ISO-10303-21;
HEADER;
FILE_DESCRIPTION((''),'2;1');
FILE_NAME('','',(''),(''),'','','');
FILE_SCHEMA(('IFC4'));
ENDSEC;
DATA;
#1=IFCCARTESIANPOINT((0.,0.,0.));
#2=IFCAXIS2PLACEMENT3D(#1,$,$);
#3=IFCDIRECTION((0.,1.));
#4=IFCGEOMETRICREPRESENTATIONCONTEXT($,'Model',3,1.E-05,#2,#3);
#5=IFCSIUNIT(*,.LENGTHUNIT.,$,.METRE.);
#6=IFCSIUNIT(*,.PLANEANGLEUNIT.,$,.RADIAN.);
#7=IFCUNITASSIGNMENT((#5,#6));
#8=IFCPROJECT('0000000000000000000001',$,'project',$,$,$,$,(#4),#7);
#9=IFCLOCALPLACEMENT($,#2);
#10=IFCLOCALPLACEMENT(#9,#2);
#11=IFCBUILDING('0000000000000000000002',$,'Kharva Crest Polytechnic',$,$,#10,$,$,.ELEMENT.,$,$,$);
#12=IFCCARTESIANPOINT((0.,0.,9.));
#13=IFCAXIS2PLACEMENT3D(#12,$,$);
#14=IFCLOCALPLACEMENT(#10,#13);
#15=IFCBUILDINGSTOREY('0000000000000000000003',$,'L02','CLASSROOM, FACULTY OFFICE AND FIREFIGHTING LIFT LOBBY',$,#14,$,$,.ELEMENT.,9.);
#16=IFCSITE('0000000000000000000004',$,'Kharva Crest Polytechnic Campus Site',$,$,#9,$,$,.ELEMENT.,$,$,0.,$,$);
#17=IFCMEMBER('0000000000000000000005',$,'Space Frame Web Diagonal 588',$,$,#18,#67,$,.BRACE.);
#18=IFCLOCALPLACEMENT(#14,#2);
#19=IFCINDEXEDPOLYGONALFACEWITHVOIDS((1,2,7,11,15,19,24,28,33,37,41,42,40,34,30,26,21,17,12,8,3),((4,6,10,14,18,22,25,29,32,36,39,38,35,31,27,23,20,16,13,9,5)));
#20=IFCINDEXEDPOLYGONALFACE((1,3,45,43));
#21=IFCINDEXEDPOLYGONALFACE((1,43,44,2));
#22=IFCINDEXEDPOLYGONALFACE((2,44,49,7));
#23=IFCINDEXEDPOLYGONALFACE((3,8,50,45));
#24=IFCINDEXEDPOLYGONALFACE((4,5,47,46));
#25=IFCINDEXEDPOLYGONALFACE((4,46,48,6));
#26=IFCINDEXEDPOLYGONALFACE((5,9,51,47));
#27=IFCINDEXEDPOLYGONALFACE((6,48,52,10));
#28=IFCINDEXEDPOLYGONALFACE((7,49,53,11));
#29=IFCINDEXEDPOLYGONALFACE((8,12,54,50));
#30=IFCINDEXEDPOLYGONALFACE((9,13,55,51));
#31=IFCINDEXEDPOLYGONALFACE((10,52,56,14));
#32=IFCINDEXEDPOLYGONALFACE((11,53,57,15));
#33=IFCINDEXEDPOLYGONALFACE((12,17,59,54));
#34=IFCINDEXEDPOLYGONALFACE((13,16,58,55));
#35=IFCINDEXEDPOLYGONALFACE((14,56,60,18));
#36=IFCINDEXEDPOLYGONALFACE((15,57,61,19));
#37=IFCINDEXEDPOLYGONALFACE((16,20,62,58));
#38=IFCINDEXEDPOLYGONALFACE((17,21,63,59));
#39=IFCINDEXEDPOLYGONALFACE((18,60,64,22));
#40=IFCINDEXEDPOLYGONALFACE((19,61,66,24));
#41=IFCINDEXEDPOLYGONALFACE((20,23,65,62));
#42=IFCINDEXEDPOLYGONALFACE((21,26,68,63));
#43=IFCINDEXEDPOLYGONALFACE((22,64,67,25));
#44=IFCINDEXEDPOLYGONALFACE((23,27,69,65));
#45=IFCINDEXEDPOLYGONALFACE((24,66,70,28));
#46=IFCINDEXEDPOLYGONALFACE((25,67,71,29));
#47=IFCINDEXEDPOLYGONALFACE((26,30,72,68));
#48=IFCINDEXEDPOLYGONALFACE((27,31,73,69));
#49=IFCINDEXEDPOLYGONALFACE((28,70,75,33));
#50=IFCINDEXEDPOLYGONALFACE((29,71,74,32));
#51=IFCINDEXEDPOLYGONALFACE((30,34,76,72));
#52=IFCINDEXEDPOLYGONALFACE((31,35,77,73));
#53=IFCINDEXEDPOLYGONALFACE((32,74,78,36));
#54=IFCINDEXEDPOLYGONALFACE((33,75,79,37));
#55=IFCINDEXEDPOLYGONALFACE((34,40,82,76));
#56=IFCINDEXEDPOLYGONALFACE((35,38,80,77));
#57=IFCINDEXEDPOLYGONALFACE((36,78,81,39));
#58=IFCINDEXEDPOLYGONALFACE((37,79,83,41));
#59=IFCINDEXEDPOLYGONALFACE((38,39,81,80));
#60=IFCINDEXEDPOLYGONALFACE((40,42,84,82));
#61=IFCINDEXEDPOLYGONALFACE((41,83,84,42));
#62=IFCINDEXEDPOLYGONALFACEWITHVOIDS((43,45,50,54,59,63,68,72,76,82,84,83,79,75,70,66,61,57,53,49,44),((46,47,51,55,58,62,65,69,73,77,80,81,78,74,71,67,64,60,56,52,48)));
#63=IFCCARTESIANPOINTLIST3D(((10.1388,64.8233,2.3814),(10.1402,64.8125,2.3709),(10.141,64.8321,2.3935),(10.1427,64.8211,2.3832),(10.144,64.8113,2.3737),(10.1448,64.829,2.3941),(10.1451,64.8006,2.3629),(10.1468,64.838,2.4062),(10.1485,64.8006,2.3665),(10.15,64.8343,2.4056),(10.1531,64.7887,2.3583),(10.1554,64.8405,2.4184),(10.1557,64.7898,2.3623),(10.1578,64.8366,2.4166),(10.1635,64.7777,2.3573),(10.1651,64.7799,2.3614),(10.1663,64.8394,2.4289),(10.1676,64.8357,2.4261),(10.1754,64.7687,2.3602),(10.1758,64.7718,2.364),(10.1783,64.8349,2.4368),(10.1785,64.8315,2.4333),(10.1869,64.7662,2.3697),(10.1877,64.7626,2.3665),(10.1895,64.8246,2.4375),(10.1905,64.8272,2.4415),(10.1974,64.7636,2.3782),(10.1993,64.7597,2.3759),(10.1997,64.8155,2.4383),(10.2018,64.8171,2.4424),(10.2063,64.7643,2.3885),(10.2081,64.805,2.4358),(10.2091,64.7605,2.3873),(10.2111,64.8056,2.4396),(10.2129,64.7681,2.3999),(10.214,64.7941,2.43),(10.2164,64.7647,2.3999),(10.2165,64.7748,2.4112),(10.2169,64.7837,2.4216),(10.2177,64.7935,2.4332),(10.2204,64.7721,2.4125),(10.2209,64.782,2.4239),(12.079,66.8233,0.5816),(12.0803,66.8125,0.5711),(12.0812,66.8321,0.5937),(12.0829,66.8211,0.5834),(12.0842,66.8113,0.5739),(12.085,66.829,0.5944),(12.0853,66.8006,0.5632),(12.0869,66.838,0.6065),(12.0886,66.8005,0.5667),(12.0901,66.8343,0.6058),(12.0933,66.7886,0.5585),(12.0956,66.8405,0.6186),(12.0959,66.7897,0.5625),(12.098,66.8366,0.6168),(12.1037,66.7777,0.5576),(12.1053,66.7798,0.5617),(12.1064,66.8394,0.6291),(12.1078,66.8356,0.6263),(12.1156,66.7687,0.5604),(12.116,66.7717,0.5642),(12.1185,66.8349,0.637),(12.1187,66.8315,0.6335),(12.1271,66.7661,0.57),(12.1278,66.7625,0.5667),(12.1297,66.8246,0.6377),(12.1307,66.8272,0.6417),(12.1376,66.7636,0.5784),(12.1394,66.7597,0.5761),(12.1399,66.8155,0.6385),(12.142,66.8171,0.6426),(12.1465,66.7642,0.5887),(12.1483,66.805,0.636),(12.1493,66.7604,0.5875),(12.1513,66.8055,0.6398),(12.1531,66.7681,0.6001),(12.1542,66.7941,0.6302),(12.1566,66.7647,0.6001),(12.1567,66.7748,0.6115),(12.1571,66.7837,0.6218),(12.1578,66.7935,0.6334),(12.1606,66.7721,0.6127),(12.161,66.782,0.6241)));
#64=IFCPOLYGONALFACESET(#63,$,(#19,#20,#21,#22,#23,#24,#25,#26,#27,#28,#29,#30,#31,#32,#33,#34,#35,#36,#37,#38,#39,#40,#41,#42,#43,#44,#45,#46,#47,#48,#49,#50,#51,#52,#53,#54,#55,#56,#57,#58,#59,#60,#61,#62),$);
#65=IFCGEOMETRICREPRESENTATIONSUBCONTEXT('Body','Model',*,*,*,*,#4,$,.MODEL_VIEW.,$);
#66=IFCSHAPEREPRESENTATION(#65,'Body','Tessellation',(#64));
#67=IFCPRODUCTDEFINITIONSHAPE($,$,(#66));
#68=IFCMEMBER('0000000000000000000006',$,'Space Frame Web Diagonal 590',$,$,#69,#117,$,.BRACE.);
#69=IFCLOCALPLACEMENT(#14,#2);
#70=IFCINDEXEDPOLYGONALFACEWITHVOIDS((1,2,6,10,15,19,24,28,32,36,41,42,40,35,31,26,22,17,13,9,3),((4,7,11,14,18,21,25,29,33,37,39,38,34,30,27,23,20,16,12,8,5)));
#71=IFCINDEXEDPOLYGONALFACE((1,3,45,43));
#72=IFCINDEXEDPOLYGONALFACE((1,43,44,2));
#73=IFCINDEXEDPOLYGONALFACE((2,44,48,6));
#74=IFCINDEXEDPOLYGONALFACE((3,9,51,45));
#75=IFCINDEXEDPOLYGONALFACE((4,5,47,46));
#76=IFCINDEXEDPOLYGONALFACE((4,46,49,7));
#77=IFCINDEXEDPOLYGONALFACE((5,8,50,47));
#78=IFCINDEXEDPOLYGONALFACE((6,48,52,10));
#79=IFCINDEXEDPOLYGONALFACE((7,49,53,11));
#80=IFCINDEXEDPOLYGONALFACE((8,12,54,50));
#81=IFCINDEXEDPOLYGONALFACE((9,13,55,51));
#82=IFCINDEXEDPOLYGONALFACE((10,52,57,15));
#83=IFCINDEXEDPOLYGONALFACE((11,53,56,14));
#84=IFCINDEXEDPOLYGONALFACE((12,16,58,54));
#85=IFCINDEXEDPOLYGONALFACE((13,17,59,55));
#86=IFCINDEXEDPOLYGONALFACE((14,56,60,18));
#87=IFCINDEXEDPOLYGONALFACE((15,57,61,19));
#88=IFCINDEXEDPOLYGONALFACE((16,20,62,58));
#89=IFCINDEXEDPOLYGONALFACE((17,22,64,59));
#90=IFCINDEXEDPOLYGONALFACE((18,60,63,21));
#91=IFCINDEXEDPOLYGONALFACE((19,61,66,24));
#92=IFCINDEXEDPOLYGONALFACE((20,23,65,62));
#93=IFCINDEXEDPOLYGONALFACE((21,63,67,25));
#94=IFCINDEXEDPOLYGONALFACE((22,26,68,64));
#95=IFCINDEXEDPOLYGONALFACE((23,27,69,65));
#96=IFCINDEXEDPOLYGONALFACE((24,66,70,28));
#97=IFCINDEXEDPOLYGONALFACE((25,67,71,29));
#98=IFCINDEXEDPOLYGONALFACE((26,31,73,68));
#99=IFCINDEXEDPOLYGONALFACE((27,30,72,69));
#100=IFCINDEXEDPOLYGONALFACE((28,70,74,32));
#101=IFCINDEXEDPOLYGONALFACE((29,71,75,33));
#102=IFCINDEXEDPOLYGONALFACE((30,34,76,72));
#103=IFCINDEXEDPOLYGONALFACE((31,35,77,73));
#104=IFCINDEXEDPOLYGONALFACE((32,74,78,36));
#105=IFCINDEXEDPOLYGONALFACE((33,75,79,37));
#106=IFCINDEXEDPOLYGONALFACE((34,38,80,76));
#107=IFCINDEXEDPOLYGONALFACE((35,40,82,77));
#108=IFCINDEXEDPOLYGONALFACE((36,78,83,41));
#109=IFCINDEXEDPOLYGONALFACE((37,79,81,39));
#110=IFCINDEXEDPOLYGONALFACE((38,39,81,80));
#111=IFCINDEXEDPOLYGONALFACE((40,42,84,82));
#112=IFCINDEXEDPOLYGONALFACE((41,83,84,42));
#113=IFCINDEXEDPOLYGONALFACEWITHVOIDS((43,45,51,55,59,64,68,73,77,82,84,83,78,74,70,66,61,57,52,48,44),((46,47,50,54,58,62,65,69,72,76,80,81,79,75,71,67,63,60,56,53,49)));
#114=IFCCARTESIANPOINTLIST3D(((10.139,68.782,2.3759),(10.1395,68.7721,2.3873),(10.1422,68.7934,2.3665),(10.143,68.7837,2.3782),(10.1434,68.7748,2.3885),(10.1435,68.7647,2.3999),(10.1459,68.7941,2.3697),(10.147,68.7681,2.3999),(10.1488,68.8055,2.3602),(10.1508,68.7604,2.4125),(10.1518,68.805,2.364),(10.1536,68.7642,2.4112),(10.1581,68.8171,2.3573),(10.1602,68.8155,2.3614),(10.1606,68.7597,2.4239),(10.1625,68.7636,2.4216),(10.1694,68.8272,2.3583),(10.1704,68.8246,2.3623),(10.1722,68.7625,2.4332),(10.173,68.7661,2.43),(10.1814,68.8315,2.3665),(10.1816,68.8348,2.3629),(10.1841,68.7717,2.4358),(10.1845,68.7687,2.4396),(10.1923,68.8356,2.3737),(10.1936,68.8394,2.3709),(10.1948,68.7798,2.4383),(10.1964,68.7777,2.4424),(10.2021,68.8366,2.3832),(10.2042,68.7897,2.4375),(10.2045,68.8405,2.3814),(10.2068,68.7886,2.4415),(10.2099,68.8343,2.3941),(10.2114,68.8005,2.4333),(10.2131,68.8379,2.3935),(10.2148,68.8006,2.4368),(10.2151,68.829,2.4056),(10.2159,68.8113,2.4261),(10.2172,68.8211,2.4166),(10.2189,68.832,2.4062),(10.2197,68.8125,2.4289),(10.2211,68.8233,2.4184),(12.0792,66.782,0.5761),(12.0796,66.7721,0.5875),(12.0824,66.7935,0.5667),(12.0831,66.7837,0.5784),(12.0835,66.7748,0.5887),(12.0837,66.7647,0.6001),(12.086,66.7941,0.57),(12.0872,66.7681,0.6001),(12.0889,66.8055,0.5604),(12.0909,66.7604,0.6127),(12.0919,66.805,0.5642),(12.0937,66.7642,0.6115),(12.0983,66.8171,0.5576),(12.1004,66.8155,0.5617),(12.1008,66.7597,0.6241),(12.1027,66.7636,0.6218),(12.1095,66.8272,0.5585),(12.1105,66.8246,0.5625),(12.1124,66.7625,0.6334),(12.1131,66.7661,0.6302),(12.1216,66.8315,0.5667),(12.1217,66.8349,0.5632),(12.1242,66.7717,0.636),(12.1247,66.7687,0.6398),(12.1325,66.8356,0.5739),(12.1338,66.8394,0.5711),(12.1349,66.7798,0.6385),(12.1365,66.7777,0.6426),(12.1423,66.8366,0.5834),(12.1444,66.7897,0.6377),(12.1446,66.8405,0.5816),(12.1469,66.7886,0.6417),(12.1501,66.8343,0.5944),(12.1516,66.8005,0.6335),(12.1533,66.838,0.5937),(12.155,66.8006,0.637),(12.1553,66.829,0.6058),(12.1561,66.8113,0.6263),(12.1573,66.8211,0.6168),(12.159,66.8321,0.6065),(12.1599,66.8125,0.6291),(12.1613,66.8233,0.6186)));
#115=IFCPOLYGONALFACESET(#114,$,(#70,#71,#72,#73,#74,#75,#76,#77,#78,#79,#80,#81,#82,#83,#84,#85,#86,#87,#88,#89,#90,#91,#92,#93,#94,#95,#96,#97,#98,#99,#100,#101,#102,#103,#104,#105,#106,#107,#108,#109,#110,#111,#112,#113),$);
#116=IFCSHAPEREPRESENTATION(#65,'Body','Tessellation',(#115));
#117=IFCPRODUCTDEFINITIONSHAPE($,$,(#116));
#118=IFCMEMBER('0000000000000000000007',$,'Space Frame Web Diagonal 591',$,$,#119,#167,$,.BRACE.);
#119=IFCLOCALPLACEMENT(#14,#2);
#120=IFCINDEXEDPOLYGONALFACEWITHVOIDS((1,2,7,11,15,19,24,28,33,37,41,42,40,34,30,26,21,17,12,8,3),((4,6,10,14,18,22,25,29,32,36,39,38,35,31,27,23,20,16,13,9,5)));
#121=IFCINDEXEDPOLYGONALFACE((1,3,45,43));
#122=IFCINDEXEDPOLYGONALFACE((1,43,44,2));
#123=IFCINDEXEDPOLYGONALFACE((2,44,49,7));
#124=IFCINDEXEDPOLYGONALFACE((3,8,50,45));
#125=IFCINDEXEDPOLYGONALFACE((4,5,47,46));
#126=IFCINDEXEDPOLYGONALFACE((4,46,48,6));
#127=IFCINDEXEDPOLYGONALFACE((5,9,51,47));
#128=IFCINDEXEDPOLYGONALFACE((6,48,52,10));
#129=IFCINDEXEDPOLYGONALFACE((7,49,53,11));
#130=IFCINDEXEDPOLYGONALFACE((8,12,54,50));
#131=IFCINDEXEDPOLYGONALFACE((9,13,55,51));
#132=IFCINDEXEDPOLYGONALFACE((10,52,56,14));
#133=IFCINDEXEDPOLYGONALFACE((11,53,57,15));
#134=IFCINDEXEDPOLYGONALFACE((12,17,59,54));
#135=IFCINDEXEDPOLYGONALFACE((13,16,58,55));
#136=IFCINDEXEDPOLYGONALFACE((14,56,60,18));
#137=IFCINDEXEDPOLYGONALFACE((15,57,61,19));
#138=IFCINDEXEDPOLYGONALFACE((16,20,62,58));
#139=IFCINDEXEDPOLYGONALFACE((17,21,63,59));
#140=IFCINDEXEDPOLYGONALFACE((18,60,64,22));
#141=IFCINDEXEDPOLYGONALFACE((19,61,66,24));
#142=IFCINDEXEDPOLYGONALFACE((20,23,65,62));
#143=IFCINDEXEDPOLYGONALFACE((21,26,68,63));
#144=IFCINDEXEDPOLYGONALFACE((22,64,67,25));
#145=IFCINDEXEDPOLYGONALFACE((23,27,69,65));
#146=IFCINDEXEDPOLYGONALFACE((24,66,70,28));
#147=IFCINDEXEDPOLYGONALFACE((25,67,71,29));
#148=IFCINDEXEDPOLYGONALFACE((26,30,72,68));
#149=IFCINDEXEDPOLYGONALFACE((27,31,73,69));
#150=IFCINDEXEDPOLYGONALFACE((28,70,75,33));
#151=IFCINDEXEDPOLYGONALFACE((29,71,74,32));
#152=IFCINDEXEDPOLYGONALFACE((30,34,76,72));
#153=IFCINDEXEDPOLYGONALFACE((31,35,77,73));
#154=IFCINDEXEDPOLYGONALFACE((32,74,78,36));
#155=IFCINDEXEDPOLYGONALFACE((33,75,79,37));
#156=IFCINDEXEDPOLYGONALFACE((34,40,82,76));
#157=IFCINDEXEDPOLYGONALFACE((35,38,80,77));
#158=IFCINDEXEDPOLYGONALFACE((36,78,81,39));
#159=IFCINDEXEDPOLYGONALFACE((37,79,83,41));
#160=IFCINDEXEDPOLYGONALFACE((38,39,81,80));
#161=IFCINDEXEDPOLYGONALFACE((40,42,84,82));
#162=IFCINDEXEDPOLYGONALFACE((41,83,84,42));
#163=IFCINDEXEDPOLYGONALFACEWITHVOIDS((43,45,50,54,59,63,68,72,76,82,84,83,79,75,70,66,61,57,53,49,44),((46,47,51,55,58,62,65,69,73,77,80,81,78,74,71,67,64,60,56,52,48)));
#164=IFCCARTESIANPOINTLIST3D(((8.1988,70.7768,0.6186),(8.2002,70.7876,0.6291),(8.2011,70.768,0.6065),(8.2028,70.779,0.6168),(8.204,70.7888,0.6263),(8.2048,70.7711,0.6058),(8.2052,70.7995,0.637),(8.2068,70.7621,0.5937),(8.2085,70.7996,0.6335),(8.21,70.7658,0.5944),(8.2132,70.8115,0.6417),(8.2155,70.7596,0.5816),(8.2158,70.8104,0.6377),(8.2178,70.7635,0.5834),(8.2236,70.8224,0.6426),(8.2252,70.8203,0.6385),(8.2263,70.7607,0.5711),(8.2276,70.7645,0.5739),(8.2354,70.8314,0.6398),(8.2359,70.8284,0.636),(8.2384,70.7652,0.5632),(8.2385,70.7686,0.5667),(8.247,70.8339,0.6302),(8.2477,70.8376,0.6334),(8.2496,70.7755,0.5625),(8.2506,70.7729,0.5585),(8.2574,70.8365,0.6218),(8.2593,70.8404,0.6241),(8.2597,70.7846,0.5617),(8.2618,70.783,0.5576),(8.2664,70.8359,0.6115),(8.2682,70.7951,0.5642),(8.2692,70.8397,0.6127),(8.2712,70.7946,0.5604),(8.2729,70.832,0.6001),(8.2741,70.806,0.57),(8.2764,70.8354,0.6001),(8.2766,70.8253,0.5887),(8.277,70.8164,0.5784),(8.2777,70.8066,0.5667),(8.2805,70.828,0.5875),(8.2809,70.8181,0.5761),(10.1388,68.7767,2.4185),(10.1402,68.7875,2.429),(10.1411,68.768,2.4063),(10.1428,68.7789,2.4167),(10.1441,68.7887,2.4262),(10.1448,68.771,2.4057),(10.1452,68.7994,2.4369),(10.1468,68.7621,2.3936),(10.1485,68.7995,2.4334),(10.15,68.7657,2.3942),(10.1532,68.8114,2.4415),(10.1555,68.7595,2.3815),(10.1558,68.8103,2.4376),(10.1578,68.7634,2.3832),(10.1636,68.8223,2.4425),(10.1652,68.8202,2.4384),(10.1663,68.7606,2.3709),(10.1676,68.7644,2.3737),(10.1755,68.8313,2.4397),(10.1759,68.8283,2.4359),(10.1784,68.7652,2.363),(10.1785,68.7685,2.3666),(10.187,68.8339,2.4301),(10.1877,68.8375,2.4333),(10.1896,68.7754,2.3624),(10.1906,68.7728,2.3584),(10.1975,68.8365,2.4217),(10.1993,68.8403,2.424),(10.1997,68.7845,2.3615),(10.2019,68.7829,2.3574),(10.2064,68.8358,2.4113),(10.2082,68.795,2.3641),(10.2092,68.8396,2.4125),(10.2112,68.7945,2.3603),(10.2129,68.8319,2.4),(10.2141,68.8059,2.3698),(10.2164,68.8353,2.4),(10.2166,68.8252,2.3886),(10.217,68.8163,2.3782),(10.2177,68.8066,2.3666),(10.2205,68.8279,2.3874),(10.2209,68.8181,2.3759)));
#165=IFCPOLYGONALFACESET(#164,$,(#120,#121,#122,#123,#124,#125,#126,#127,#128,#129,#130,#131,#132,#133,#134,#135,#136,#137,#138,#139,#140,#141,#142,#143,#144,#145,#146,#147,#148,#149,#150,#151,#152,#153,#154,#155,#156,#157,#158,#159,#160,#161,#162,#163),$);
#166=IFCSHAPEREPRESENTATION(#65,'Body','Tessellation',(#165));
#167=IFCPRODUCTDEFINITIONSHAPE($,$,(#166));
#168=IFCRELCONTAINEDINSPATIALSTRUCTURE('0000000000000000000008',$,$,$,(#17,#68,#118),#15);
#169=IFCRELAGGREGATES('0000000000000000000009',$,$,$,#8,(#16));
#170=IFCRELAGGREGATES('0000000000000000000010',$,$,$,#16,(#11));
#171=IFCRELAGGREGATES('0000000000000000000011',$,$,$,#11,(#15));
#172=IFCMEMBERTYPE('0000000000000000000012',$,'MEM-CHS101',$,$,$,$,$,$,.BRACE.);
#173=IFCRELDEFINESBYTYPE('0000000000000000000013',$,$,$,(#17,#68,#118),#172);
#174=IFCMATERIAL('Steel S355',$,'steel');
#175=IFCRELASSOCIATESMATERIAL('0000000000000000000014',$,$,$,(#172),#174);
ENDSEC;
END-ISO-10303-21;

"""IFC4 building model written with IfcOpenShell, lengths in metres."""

from ifc_helpers import new_model, si_unit, direction, frame, origin, origin_2d, place, context, subcontext, project, spatial, hollow_circle, extrude, material, material_profile, profile_set, type_object, element, save


model = new_model("IFC4")

# Units and contexts
model_context = context("Model", 3, precision=1e-05, world=origin(), true_north=direction((0.0, 1.0)))
body_context = subcontext(model_context, "Body", "Model", "MODEL_VIEW")
ifc_project = project(units=[si_unit("LENGTHUNIT", "METRE"), si_unit("PLANEANGLEUNIT", "RADIAN")], contexts=[model_context])

# Site, building, storey
site_placement = place(None, origin())
site = spatial("IfcSite", under=ifc_project, at=site_placement, Name="Kharva Crest Polytechnic Campus Site", CompositionType="ELEMENT", RefElevation=0.0)
building_placement = place(site_placement, origin())
building = spatial("IfcBuilding", under=site, at=building_placement, Name="Kharva Crest Polytechnic", CompositionType="ELEMENT")
storey_placement = place(building_placement, frame((0.0, 0.0, 9.0)))
storey = spatial("IfcBuildingStorey", under=building, at=storey_placement, Name="L02", Description="CLASSROOM, FACULTY OFFICE AND FIREFIGHTING LIFT LOBBY", CompositionType="ELEMENT", Elevation=9.0)

# Shared definitions
ifc_material_1 = material(Name="Steel S355", Category="steel")

# Members
ifc_material_profile_1 = material_profile(ifc_material_1, hollow_circle(Radius=0.0508, WallThickness=0.0049, at=origin_2d()), Name="CHS 101.6X5.0")
ifc_profile_set_1 = profile_set([ifc_material_profile_1], Name="Steel S355")
member_type_1 = type_object("IfcMemberType", Name="MEM-CHS101", PredefinedType="BRACE", material=ifc_profile_set_1)
for number, where, z_axis, x_axis, name in (
    (1, (12.1201, 66.8, 0.6001), (-0.584892, -0.602924, 0.542572), (0.717758, -0.696292, 0.0), "Space Frame Web Diagonal 588"),
    (2, (12.1201, 66.8, 0.6001), (-0.584892, 0.602924, 0.542572), (-0.717758, -0.696292, 0.0), "Space Frame Web Diagonal 590"),
    (3, (8.24, 70.8, 0.6001), (0.584843, -0.60295, 0.542596), (0.717802, 0.696247, 0.0), "Space Frame Web Diagonal 591"),
):
    element("IfcMember", number, at=place(storey_placement, frame(where, z_axis=z_axis, x_axis=x_axis)), inside=storey, type_object=member_type_1, Name=name, PredefinedType="BRACE", context=body_context, shape_type="SweptSolid", body=[
        extrude(hollow_circle(Radius=0.0508, WallThickness=0.0049, at=origin_2d()), origin(), (0.0, 0.0, 1.0), 3.3171),
    ])

save(model, "model.ifc")
